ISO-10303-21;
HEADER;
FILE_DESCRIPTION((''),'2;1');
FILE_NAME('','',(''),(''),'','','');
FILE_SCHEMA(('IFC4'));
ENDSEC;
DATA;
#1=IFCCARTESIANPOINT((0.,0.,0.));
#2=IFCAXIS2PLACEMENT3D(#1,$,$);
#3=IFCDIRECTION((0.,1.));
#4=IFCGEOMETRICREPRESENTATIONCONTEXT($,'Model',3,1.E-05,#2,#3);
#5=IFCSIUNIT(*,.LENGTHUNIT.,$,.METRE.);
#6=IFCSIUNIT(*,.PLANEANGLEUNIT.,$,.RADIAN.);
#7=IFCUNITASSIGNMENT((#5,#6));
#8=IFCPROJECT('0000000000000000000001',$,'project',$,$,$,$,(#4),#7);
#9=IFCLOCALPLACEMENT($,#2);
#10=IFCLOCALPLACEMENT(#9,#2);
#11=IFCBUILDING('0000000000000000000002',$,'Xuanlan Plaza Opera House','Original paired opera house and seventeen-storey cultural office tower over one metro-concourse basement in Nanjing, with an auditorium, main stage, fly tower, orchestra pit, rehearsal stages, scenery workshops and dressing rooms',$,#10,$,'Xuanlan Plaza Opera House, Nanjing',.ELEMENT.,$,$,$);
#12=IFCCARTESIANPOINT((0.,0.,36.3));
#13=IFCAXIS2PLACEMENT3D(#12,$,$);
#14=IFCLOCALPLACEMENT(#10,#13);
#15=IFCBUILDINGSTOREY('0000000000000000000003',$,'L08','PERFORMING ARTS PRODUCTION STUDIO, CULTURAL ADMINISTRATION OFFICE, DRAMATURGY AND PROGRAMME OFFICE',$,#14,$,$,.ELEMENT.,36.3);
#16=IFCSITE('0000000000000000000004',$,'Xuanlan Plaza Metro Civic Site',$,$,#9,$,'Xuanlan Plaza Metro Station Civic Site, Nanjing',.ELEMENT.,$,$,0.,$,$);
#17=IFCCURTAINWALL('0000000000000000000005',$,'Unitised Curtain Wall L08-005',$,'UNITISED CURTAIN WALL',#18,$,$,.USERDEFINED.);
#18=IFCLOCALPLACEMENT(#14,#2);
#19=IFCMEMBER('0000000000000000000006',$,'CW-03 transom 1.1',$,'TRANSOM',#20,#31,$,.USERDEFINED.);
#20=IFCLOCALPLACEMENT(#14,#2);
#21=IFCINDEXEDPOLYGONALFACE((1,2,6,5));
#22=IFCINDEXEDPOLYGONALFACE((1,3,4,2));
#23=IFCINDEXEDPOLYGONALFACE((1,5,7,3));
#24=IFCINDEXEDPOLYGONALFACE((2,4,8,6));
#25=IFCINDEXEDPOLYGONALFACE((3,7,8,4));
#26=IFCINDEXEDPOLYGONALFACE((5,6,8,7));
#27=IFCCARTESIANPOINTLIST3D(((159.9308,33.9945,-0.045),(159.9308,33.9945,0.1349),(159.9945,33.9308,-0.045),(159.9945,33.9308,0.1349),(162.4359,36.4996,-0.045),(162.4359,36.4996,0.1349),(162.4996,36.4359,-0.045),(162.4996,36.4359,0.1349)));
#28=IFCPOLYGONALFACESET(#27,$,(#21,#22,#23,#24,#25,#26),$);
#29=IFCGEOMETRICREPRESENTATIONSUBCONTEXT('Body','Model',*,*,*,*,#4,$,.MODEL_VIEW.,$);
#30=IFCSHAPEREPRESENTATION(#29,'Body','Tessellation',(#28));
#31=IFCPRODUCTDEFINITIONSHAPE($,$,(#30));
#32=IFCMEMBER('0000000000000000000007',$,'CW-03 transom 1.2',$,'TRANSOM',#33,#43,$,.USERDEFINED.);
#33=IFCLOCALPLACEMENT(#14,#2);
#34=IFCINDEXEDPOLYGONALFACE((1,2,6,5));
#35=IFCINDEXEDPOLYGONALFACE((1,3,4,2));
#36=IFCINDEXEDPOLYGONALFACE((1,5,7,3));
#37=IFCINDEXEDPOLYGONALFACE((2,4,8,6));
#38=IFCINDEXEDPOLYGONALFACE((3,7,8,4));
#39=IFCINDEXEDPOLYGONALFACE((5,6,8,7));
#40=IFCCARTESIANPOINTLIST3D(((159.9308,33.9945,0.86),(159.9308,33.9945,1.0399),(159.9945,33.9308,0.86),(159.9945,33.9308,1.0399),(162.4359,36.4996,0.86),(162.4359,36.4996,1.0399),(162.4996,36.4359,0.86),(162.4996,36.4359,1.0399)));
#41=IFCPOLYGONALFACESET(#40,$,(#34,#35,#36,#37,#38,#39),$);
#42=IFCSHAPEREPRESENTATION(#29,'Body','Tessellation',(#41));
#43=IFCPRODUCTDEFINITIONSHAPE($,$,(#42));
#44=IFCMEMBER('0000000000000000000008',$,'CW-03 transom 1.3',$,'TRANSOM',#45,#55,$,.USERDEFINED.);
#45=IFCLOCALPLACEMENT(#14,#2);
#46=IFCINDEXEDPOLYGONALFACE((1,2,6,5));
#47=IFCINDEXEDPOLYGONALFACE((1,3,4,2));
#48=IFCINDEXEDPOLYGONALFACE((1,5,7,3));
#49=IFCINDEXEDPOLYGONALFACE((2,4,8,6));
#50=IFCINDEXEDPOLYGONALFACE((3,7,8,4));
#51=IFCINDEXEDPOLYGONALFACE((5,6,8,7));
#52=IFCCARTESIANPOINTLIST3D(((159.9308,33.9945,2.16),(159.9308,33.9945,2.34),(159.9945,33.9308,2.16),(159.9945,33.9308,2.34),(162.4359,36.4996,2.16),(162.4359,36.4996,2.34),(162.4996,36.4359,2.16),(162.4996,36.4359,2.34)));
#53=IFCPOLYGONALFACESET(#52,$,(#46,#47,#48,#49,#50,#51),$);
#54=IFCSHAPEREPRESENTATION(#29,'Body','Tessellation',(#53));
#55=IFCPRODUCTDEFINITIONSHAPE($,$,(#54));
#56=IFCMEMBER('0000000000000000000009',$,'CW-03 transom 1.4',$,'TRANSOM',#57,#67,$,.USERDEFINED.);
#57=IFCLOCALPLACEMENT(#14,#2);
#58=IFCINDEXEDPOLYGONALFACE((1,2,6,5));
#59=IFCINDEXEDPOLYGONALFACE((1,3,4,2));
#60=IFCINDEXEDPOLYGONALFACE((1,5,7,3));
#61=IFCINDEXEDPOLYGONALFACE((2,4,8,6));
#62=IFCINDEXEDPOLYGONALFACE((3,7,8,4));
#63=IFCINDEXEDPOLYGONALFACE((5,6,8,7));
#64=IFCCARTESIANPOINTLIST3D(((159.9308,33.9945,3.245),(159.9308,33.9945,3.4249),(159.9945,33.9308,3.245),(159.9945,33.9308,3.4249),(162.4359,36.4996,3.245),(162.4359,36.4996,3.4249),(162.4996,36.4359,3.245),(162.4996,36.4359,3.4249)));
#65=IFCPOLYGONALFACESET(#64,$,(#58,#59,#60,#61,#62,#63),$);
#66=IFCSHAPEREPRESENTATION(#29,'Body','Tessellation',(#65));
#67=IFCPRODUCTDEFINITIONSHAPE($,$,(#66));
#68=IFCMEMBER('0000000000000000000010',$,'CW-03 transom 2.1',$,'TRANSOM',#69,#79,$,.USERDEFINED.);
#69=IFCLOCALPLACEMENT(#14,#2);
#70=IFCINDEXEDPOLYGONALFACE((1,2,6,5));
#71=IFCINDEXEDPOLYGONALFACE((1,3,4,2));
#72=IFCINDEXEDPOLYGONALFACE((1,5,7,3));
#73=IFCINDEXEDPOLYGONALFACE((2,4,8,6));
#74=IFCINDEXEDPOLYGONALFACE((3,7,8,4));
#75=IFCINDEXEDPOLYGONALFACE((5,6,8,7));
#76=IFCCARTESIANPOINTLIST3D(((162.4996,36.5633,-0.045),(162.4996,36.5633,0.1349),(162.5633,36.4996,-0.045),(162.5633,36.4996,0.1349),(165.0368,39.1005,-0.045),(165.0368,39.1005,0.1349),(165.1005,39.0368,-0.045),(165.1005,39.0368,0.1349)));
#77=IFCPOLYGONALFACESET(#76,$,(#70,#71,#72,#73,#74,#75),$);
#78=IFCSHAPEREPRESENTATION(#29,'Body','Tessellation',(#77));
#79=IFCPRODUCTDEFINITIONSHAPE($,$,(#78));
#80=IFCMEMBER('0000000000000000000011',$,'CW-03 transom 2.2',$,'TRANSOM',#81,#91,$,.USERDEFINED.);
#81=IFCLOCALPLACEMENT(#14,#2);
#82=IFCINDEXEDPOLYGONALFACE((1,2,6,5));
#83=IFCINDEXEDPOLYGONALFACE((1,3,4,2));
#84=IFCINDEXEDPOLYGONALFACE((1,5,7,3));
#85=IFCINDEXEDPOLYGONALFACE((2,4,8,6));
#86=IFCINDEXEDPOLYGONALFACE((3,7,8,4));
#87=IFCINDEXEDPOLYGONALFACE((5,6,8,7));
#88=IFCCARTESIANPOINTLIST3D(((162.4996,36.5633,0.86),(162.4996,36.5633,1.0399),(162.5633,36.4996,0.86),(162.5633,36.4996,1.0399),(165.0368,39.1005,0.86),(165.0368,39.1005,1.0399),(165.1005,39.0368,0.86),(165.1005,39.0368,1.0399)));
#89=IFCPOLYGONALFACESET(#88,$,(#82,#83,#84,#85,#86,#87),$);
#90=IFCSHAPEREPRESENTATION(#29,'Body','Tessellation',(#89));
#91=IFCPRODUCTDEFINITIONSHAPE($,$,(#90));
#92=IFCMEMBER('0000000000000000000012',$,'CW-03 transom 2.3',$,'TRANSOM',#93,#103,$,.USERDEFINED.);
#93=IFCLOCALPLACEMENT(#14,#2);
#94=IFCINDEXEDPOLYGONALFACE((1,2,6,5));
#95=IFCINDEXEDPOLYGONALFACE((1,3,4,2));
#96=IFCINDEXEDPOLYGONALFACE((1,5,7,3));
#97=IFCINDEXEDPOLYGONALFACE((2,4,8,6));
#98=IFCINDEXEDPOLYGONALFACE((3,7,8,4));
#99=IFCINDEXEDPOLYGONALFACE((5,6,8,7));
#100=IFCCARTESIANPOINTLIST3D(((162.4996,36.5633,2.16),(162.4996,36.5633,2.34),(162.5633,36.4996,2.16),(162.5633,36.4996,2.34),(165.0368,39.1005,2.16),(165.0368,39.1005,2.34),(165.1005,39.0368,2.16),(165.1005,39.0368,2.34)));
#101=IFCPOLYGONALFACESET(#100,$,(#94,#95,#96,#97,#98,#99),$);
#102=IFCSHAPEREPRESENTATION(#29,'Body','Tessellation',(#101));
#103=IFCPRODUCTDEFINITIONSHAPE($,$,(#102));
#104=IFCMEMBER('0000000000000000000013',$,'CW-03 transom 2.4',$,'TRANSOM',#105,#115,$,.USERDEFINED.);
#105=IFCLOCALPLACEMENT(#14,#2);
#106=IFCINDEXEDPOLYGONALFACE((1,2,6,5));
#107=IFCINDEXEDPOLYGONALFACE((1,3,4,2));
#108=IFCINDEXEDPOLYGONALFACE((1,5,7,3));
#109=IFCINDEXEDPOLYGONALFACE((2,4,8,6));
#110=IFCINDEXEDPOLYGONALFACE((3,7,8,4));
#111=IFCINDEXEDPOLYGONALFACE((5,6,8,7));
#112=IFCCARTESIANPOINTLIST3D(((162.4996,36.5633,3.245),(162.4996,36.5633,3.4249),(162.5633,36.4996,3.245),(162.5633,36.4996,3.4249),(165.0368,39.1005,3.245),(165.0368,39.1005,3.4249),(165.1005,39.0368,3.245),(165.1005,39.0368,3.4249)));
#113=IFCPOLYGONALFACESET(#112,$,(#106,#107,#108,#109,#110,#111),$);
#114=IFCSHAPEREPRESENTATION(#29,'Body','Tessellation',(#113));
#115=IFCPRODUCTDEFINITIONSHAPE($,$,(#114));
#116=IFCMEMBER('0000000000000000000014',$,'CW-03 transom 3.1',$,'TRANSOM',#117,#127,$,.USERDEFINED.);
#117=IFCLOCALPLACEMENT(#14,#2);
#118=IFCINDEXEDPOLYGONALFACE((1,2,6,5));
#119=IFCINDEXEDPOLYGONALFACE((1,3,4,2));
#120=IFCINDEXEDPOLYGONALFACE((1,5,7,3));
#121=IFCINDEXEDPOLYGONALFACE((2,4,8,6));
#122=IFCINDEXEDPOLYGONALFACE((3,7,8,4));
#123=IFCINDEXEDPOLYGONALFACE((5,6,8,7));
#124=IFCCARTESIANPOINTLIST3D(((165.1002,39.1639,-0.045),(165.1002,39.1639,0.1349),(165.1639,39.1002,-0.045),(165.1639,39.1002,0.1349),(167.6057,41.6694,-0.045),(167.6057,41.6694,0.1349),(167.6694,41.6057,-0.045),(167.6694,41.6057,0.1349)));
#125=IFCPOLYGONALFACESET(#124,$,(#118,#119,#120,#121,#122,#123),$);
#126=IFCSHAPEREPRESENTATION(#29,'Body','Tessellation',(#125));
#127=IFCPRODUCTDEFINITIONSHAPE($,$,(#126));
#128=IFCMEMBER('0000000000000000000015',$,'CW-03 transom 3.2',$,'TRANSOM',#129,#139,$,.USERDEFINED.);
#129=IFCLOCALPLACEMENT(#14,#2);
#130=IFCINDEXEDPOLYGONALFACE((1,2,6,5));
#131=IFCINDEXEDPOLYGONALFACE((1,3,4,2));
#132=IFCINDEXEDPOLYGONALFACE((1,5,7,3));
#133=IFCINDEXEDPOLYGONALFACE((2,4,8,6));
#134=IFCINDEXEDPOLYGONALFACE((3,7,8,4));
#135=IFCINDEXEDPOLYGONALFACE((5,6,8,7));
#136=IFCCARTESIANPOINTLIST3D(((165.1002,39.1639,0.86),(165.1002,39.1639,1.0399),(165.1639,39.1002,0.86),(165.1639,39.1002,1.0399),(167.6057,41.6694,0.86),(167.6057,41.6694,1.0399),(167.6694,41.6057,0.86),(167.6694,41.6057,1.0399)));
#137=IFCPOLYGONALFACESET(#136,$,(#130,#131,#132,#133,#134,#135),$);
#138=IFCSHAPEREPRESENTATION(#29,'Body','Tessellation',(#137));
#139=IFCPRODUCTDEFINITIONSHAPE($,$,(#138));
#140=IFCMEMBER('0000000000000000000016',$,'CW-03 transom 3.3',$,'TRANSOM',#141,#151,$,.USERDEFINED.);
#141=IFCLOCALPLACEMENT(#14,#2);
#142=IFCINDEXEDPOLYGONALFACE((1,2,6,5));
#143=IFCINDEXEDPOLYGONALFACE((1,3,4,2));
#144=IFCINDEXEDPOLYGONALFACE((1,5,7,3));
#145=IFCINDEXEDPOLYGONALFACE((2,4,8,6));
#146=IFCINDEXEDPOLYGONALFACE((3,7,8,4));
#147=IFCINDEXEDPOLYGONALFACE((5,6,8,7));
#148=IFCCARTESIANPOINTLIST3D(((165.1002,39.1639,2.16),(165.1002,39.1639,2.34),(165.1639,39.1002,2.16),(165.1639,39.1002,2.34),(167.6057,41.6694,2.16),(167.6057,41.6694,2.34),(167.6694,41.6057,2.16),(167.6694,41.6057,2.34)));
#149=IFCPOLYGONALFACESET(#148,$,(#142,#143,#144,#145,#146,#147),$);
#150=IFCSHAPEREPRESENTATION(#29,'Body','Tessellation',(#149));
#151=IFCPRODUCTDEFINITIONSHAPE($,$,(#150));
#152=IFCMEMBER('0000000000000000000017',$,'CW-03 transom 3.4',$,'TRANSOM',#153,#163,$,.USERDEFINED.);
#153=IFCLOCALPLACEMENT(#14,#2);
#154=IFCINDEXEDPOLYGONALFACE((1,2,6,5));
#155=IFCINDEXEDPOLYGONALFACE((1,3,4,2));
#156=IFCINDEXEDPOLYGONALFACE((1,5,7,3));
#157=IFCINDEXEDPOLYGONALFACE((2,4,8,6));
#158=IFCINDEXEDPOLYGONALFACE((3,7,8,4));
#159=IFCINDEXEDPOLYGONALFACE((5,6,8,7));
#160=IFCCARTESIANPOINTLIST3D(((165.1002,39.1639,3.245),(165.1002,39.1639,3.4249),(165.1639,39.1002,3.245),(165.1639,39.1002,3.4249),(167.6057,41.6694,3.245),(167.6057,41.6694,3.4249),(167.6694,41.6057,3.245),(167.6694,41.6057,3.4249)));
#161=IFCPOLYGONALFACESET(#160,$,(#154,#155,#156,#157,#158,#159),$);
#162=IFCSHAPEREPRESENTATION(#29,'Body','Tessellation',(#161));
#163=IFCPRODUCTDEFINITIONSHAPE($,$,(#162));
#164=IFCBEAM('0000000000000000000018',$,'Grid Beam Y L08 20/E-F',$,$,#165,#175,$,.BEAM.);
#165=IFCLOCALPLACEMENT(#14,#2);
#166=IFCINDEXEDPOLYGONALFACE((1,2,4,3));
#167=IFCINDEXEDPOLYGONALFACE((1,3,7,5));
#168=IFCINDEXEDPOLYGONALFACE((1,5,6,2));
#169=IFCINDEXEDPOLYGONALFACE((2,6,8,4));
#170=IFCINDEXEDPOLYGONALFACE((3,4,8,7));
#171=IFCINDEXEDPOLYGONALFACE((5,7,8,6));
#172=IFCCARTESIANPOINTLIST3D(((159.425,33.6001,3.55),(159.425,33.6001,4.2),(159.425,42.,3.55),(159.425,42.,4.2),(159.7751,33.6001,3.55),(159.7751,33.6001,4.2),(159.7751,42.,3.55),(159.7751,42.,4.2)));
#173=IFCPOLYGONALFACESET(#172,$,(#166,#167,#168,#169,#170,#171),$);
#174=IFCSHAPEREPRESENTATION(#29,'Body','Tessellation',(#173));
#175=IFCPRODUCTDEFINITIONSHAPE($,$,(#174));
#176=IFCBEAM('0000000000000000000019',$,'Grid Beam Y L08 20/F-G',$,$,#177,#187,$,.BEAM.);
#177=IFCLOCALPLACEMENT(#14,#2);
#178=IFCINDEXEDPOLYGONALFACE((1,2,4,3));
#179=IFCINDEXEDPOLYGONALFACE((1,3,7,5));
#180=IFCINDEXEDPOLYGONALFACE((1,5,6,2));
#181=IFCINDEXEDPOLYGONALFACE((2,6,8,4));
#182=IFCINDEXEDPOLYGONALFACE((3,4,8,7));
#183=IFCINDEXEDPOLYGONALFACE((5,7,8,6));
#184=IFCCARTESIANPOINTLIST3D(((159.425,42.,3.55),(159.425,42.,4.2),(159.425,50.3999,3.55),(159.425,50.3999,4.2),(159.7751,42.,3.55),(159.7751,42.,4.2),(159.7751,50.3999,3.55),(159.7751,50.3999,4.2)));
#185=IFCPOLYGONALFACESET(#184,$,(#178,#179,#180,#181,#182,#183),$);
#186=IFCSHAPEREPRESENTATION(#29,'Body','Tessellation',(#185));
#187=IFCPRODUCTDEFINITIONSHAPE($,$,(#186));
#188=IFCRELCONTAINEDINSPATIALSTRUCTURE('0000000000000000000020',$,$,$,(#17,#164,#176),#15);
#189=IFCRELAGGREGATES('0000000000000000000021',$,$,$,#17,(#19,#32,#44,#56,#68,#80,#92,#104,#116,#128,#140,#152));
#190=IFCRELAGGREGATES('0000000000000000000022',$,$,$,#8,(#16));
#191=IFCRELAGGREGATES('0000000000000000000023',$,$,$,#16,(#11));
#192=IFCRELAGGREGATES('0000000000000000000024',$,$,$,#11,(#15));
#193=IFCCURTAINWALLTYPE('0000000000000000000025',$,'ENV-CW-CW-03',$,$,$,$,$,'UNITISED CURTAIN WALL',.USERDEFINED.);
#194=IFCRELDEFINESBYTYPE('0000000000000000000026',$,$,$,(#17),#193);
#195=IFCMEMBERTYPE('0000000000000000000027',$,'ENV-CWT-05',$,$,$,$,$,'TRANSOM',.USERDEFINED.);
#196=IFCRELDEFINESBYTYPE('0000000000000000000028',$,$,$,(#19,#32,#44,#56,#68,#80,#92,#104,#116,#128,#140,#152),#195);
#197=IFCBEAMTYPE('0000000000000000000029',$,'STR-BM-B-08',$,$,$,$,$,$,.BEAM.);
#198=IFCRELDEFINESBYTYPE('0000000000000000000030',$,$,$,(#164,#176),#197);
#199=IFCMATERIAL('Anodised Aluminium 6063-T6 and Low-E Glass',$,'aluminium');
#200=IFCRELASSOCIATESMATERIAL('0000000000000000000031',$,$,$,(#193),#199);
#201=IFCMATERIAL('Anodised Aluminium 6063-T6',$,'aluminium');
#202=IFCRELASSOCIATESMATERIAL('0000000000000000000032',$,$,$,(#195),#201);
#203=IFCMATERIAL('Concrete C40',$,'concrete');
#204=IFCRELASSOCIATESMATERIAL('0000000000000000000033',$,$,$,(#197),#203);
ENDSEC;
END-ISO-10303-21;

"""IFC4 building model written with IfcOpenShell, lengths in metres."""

from ifc_helpers import new_model, si_unit, direction, frame, origin, origin_2d, place, context, subcontext, project, spatial, rectangle, extrude, material, material_profile, profile_set, type_object, element, aggregate, save


model = new_model("IFC4")

# Units and contexts
model_context = context("Model", 3, precision=1e-05, world=origin(), true_north=direction((0.0, 1.0)))
body_context = subcontext(model_context, "Body", "Model", "MODEL_VIEW")
ifc_project = project(units=[si_unit("LENGTHUNIT", "METRE"), si_unit("PLANEANGLEUNIT", "RADIAN")], contexts=[model_context])

# Site, building, storey
site_placement = place(None, origin())
site = spatial("IfcSite", under=ifc_project, at=site_placement, Name="Xuanlan Plaza Metro Civic Site", LongName="Xuanlan Plaza Metro Station Civic Site, Nanjing", CompositionType="ELEMENT", RefElevation=0.0)
building_placement = place(site_placement, origin())
building = spatial("IfcBuilding", under=site, at=building_placement, Name="Xuanlan Plaza Opera House", Description="Original paired opera house and seventeen-storey cultural office tower over one metro-concourse basement in Nanjing, with an auditorium, main stage, fly tower, orchestra pit, rehearsal stages, scenery workshops and dressing rooms", LongName="Xuanlan Plaza Opera House, Nanjing", CompositionType="ELEMENT")
storey_placement = place(building_placement, frame((0.0, 0.0, 36.3)))
storey = spatial("IfcBuildingStorey", under=building, at=storey_placement, Name="L08", Description="PERFORMING ARTS PRODUCTION STUDIO, CULTURAL ADMINISTRATION OFFICE, DRAMATURGY AND PROGRAMME OFFICE", CompositionType="ELEMENT", Elevation=36.3)

# Shared definitions
ifc_material_1 = material(Name="Anodised Aluminium 6063-T6 and Low-E Glass", Category="aluminium")
ifc_material_2 = material(Name="Anodised Aluminium 6063-T6", Category="aluminium")

# Curtain wall, members
curtain_wall_type_1 = type_object("IfcCurtainWallType", Name="ENV-CW-CW-03", ElementType="UNITISED CURTAIN WALL", PredefinedType="USERDEFINED", material=ifc_material_1)
curtain_wall_1_placement = place(storey_placement, origin())
curtain_wall_1 = element("IfcCurtainWall", 1, at=curtain_wall_1_placement, inside=storey, type_object=curtain_wall_type_1, Name="Unitised Curtain Wall L08-005", ObjectType="UNITISED CURTAIN WALL", PredefinedType="USERDEFINED")
ifc_material_profile_1 = material_profile(ifc_material_2, rectangle(XDim=0.0901, YDim=0.1799, at=origin_2d()), Name="ALU-T 90x180")
ifc_profile_set_1 = profile_set([ifc_material_profile_1], Name="Anodised Aluminium 6063-T6")
member_type_1 = type_object("IfcMemberType", Name="ENV-CWT-05", ElementType="TRANSOM", PredefinedType="USERDEFINED", material=ifc_profile_set_1)
member_1_placement = place(storey_placement, frame((159.9626, 33.9626, 0.0449), z_axis=(0.707107, 0.707107, 0.0), x_axis=(-0.707107, 0.707107, 0.0)))
member_1 = element("IfcMember", 2, at=member_1_placement, type_object=member_type_1, Name="CW-03 transom 1.1", ObjectType="TRANSOM", PredefinedType="USERDEFINED", context=body_context, shape_type="SweptSolid", body=[
    extrude(rectangle(XDim=0.0901, YDim=0.1799, at=origin_2d()), origin(), (0.0, 0.0, 1.0), 3.5427),
])
member_2_placement = place(storey_placement, frame((159.9626, 33.9626, 0.95), z_axis=(0.707107, 0.707107, 0.0), x_axis=(-0.707107, 0.707107, 0.0)))
member_2 = element("IfcMember", 3, at=member_2_placement, type_object=member_type_1, Name="CW-03 transom 1.2", ObjectType="TRANSOM", PredefinedType="USERDEFINED", context=body_context, shape_type="SweptSolid", body=[
    extrude(rectangle(XDim=0.0901, YDim=0.1799, at=origin_2d()), origin(), (0.0, 0.0, 1.0), 3.5427),
])
member_3_placement = place(storey_placement, frame((159.9626, 33.9626, 2.25), z_axis=(0.707107, 0.707107, 0.0), x_axis=(-0.707107, 0.707107, 0.0)))
member_3 = element("IfcMember", 4, at=member_3_placement, type_object=member_type_1, Name="CW-03 transom 1.3", ObjectType="TRANSOM", PredefinedType="USERDEFINED", context=body_context, shape_type="SweptSolid", body=[
    extrude(rectangle(XDim=0.0901, YDim=0.1799, at=origin_2d()), origin(), (0.0, 0.0, 1.0), 3.5427),
])
member_4_placement = place(storey_placement, frame((159.9626, 33.9626, 3.335), z_axis=(0.707107, 0.707107, 0.0), x_axis=(-0.707107, 0.707107, 0.0)))
member_4 = element("IfcMember", 5, at=member_4_placement, type_object=member_type_1, Name="CW-03 transom 1.4", ObjectType="TRANSOM", PredefinedType="USERDEFINED", context=body_context, shape_type="SweptSolid", body=[
    extrude(rectangle(XDim=0.0901, YDim=0.1799, at=origin_2d()), origin(), (0.0, 0.0, 1.0), 3.5427),
])
member_5_placement = place(storey_placement, frame((162.5315, 36.5315, 0.0449), z_axis=(0.707107, 0.707107, 0.0), x_axis=(-0.707107, 0.707107, 0.0)))
member_5 = element("IfcMember", 6, at=member_5_placement, type_object=member_type_1, Name="CW-03 transom 2.1", ObjectType="TRANSOM", PredefinedType="USERDEFINED", context=body_context, shape_type="SweptSolid", body=[
    extrude(rectangle(XDim=0.0901, YDim=0.1799, at=origin_2d()), origin(), (0.0, 0.0, 1.0), 3.5881),
])
member_6_placement = place(storey_placement, frame((162.5315, 36.5315, 0.95), z_axis=(0.707107, 0.707107, 0.0), x_axis=(-0.707107, 0.707107, 0.0)))
member_6 = element("IfcMember", 7, at=member_6_placement, type_object=member_type_1, Name="CW-03 transom 2.2", ObjectType="TRANSOM", PredefinedType="USERDEFINED", context=body_context, shape_type="SweptSolid", body=[
    extrude(rectangle(XDim=0.0901, YDim=0.1799, at=origin_2d()), origin(), (0.0, 0.0, 1.0), 3.5881),
])
member_7_placement = place(storey_placement, frame((162.5315, 36.5315, 2.25), z_axis=(0.707107, 0.707107, 0.0), x_axis=(-0.707107, 0.707107, 0.0)))
member_7 = element("IfcMember", 8, at=member_7_placement, type_object=member_type_1, Name="CW-03 transom 2.3", ObjectType="TRANSOM", PredefinedType="USERDEFINED", context=body_context, shape_type="SweptSolid", body=[
    extrude(rectangle(XDim=0.0901, YDim=0.1799, at=origin_2d()), origin(), (0.0, 0.0, 1.0), 3.5881),
])
member_8_placement = place(storey_placement, frame((162.5315, 36.5315, 3.335), z_axis=(0.707107, 0.707107, 0.0), x_axis=(-0.707107, 0.707107, 0.0)))
member_8 = element("IfcMember", 9, at=member_8_placement, type_object=member_type_1, Name="CW-03 transom 2.4", ObjectType="TRANSOM", PredefinedType="USERDEFINED", context=body_context, shape_type="SweptSolid", body=[
    extrude(rectangle(XDim=0.0901, YDim=0.1799, at=origin_2d()), origin(), (0.0, 0.0, 1.0), 3.5881),
])
member_9_placement = place(storey_placement, frame((165.1321, 39.1321, 0.0449), z_axis=(0.707107, 0.707107, 0.0), x_axis=(-0.707107, 0.707107, 0.0)))
member_9 = element("IfcMember", 10, at=member_9_placement, type_object=member_type_1, Name="CW-03 transom 3.1", ObjectType="TRANSOM", PredefinedType="USERDEFINED", context=body_context, shape_type="SweptSolid", body=[
    extrude(rectangle(XDim=0.0901, YDim=0.1799, at=origin_2d()), origin(), (0.0, 0.0, 1.0), 3.5432),
])
member_10_placement = place(storey_placement, frame((165.1321, 39.1321, 0.95), z_axis=(0.707107, 0.707107, 0.0), x_axis=(-0.707107, 0.707107, 0.0)))
member_10 = element("IfcMember", 11, at=member_10_placement, type_object=member_type_1, Name="CW-03 transom 3.2", ObjectType="TRANSOM", PredefinedType="USERDEFINED", context=body_context, shape_type="SweptSolid", body=[
    extrude(rectangle(XDim=0.0901, YDim=0.1799, at=origin_2d()), origin(), (0.0, 0.0, 1.0), 3.5432),
])
member_11_placement = place(storey_placement, frame((165.1321, 39.1321, 2.25), z_axis=(0.707107, 0.707107, 0.0), x_axis=(-0.707107, 0.707107, 0.0)))
member_11 = element("IfcMember", 12, at=member_11_placement, type_object=member_type_1, Name="CW-03 transom 3.3", ObjectType="TRANSOM", PredefinedType="USERDEFINED", context=body_context, shape_type="SweptSolid", body=[
    extrude(rectangle(XDim=0.0901, YDim=0.1799, at=origin_2d()), origin(), (0.0, 0.0, 1.0), 3.5432),
])
member_12_placement = place(storey_placement, frame((165.1321, 39.1321, 3.335), z_axis=(0.707107, 0.707107, 0.0), x_axis=(-0.707107, 0.707107, 0.0)))
member_12 = element("IfcMember", 13, at=member_12_placement, type_object=member_type_1, Name="CW-03 transom 3.4", ObjectType="TRANSOM", PredefinedType="USERDEFINED", context=body_context, shape_type="SweptSolid", body=[
    extrude(rectangle(XDim=0.0901, YDim=0.1799, at=origin_2d()), origin(), (0.0, 0.0, 1.0), 3.5432),
])

# Beams
ifc_material_3 = material(Name="Concrete C40", Category="concrete")
ifc_material_profile_2 = material_profile(ifc_material_3, rectangle(XDim=0.3501, YDim=0.6499, at=origin_2d()), Name="RC-BM 350x650")
ifc_profile_set_2 = profile_set([ifc_material_profile_2], Name="Concrete C40")
beam_type_1 = type_object("IfcBeamType", Name="STR-BM-B-08", PredefinedType="BEAM", material=ifc_profile_set_2)
for number, where, z_axis, x_axis, name in (
    (14, (159.6001, 33.6001, 3.875), (0.0, 1.0, 0.0), (-1.0, 0.0, 0.0), "Grid Beam Y L08 20/E-F"),
    (15, (159.6001, 42.0, 3.875), (0.0, 1.0, 0.0), (-1.0, 0.0, 0.0), "Grid Beam Y L08 20/F-G"),
):
    element("IfcBeam", number, at=place(storey_placement, frame(where, z_axis=z_axis, x_axis=x_axis)), inside=storey, type_object=beam_type_1, Name=name, PredefinedType="BEAM", context=body_context, shape_type="SweptSolid", body=[
        extrude(rectangle(XDim=0.3501, YDim=0.6499, at=origin_2d()), origin(), (0.0, 0.0, 1.0), 8.3999),
    ])

aggregate(curtain_wall_1, [member_1, member_2, member_3, member_4, member_5, member_6, member_7, member_8, member_9, member_10, member_11, member_12])

save(model, "model.ifc")
